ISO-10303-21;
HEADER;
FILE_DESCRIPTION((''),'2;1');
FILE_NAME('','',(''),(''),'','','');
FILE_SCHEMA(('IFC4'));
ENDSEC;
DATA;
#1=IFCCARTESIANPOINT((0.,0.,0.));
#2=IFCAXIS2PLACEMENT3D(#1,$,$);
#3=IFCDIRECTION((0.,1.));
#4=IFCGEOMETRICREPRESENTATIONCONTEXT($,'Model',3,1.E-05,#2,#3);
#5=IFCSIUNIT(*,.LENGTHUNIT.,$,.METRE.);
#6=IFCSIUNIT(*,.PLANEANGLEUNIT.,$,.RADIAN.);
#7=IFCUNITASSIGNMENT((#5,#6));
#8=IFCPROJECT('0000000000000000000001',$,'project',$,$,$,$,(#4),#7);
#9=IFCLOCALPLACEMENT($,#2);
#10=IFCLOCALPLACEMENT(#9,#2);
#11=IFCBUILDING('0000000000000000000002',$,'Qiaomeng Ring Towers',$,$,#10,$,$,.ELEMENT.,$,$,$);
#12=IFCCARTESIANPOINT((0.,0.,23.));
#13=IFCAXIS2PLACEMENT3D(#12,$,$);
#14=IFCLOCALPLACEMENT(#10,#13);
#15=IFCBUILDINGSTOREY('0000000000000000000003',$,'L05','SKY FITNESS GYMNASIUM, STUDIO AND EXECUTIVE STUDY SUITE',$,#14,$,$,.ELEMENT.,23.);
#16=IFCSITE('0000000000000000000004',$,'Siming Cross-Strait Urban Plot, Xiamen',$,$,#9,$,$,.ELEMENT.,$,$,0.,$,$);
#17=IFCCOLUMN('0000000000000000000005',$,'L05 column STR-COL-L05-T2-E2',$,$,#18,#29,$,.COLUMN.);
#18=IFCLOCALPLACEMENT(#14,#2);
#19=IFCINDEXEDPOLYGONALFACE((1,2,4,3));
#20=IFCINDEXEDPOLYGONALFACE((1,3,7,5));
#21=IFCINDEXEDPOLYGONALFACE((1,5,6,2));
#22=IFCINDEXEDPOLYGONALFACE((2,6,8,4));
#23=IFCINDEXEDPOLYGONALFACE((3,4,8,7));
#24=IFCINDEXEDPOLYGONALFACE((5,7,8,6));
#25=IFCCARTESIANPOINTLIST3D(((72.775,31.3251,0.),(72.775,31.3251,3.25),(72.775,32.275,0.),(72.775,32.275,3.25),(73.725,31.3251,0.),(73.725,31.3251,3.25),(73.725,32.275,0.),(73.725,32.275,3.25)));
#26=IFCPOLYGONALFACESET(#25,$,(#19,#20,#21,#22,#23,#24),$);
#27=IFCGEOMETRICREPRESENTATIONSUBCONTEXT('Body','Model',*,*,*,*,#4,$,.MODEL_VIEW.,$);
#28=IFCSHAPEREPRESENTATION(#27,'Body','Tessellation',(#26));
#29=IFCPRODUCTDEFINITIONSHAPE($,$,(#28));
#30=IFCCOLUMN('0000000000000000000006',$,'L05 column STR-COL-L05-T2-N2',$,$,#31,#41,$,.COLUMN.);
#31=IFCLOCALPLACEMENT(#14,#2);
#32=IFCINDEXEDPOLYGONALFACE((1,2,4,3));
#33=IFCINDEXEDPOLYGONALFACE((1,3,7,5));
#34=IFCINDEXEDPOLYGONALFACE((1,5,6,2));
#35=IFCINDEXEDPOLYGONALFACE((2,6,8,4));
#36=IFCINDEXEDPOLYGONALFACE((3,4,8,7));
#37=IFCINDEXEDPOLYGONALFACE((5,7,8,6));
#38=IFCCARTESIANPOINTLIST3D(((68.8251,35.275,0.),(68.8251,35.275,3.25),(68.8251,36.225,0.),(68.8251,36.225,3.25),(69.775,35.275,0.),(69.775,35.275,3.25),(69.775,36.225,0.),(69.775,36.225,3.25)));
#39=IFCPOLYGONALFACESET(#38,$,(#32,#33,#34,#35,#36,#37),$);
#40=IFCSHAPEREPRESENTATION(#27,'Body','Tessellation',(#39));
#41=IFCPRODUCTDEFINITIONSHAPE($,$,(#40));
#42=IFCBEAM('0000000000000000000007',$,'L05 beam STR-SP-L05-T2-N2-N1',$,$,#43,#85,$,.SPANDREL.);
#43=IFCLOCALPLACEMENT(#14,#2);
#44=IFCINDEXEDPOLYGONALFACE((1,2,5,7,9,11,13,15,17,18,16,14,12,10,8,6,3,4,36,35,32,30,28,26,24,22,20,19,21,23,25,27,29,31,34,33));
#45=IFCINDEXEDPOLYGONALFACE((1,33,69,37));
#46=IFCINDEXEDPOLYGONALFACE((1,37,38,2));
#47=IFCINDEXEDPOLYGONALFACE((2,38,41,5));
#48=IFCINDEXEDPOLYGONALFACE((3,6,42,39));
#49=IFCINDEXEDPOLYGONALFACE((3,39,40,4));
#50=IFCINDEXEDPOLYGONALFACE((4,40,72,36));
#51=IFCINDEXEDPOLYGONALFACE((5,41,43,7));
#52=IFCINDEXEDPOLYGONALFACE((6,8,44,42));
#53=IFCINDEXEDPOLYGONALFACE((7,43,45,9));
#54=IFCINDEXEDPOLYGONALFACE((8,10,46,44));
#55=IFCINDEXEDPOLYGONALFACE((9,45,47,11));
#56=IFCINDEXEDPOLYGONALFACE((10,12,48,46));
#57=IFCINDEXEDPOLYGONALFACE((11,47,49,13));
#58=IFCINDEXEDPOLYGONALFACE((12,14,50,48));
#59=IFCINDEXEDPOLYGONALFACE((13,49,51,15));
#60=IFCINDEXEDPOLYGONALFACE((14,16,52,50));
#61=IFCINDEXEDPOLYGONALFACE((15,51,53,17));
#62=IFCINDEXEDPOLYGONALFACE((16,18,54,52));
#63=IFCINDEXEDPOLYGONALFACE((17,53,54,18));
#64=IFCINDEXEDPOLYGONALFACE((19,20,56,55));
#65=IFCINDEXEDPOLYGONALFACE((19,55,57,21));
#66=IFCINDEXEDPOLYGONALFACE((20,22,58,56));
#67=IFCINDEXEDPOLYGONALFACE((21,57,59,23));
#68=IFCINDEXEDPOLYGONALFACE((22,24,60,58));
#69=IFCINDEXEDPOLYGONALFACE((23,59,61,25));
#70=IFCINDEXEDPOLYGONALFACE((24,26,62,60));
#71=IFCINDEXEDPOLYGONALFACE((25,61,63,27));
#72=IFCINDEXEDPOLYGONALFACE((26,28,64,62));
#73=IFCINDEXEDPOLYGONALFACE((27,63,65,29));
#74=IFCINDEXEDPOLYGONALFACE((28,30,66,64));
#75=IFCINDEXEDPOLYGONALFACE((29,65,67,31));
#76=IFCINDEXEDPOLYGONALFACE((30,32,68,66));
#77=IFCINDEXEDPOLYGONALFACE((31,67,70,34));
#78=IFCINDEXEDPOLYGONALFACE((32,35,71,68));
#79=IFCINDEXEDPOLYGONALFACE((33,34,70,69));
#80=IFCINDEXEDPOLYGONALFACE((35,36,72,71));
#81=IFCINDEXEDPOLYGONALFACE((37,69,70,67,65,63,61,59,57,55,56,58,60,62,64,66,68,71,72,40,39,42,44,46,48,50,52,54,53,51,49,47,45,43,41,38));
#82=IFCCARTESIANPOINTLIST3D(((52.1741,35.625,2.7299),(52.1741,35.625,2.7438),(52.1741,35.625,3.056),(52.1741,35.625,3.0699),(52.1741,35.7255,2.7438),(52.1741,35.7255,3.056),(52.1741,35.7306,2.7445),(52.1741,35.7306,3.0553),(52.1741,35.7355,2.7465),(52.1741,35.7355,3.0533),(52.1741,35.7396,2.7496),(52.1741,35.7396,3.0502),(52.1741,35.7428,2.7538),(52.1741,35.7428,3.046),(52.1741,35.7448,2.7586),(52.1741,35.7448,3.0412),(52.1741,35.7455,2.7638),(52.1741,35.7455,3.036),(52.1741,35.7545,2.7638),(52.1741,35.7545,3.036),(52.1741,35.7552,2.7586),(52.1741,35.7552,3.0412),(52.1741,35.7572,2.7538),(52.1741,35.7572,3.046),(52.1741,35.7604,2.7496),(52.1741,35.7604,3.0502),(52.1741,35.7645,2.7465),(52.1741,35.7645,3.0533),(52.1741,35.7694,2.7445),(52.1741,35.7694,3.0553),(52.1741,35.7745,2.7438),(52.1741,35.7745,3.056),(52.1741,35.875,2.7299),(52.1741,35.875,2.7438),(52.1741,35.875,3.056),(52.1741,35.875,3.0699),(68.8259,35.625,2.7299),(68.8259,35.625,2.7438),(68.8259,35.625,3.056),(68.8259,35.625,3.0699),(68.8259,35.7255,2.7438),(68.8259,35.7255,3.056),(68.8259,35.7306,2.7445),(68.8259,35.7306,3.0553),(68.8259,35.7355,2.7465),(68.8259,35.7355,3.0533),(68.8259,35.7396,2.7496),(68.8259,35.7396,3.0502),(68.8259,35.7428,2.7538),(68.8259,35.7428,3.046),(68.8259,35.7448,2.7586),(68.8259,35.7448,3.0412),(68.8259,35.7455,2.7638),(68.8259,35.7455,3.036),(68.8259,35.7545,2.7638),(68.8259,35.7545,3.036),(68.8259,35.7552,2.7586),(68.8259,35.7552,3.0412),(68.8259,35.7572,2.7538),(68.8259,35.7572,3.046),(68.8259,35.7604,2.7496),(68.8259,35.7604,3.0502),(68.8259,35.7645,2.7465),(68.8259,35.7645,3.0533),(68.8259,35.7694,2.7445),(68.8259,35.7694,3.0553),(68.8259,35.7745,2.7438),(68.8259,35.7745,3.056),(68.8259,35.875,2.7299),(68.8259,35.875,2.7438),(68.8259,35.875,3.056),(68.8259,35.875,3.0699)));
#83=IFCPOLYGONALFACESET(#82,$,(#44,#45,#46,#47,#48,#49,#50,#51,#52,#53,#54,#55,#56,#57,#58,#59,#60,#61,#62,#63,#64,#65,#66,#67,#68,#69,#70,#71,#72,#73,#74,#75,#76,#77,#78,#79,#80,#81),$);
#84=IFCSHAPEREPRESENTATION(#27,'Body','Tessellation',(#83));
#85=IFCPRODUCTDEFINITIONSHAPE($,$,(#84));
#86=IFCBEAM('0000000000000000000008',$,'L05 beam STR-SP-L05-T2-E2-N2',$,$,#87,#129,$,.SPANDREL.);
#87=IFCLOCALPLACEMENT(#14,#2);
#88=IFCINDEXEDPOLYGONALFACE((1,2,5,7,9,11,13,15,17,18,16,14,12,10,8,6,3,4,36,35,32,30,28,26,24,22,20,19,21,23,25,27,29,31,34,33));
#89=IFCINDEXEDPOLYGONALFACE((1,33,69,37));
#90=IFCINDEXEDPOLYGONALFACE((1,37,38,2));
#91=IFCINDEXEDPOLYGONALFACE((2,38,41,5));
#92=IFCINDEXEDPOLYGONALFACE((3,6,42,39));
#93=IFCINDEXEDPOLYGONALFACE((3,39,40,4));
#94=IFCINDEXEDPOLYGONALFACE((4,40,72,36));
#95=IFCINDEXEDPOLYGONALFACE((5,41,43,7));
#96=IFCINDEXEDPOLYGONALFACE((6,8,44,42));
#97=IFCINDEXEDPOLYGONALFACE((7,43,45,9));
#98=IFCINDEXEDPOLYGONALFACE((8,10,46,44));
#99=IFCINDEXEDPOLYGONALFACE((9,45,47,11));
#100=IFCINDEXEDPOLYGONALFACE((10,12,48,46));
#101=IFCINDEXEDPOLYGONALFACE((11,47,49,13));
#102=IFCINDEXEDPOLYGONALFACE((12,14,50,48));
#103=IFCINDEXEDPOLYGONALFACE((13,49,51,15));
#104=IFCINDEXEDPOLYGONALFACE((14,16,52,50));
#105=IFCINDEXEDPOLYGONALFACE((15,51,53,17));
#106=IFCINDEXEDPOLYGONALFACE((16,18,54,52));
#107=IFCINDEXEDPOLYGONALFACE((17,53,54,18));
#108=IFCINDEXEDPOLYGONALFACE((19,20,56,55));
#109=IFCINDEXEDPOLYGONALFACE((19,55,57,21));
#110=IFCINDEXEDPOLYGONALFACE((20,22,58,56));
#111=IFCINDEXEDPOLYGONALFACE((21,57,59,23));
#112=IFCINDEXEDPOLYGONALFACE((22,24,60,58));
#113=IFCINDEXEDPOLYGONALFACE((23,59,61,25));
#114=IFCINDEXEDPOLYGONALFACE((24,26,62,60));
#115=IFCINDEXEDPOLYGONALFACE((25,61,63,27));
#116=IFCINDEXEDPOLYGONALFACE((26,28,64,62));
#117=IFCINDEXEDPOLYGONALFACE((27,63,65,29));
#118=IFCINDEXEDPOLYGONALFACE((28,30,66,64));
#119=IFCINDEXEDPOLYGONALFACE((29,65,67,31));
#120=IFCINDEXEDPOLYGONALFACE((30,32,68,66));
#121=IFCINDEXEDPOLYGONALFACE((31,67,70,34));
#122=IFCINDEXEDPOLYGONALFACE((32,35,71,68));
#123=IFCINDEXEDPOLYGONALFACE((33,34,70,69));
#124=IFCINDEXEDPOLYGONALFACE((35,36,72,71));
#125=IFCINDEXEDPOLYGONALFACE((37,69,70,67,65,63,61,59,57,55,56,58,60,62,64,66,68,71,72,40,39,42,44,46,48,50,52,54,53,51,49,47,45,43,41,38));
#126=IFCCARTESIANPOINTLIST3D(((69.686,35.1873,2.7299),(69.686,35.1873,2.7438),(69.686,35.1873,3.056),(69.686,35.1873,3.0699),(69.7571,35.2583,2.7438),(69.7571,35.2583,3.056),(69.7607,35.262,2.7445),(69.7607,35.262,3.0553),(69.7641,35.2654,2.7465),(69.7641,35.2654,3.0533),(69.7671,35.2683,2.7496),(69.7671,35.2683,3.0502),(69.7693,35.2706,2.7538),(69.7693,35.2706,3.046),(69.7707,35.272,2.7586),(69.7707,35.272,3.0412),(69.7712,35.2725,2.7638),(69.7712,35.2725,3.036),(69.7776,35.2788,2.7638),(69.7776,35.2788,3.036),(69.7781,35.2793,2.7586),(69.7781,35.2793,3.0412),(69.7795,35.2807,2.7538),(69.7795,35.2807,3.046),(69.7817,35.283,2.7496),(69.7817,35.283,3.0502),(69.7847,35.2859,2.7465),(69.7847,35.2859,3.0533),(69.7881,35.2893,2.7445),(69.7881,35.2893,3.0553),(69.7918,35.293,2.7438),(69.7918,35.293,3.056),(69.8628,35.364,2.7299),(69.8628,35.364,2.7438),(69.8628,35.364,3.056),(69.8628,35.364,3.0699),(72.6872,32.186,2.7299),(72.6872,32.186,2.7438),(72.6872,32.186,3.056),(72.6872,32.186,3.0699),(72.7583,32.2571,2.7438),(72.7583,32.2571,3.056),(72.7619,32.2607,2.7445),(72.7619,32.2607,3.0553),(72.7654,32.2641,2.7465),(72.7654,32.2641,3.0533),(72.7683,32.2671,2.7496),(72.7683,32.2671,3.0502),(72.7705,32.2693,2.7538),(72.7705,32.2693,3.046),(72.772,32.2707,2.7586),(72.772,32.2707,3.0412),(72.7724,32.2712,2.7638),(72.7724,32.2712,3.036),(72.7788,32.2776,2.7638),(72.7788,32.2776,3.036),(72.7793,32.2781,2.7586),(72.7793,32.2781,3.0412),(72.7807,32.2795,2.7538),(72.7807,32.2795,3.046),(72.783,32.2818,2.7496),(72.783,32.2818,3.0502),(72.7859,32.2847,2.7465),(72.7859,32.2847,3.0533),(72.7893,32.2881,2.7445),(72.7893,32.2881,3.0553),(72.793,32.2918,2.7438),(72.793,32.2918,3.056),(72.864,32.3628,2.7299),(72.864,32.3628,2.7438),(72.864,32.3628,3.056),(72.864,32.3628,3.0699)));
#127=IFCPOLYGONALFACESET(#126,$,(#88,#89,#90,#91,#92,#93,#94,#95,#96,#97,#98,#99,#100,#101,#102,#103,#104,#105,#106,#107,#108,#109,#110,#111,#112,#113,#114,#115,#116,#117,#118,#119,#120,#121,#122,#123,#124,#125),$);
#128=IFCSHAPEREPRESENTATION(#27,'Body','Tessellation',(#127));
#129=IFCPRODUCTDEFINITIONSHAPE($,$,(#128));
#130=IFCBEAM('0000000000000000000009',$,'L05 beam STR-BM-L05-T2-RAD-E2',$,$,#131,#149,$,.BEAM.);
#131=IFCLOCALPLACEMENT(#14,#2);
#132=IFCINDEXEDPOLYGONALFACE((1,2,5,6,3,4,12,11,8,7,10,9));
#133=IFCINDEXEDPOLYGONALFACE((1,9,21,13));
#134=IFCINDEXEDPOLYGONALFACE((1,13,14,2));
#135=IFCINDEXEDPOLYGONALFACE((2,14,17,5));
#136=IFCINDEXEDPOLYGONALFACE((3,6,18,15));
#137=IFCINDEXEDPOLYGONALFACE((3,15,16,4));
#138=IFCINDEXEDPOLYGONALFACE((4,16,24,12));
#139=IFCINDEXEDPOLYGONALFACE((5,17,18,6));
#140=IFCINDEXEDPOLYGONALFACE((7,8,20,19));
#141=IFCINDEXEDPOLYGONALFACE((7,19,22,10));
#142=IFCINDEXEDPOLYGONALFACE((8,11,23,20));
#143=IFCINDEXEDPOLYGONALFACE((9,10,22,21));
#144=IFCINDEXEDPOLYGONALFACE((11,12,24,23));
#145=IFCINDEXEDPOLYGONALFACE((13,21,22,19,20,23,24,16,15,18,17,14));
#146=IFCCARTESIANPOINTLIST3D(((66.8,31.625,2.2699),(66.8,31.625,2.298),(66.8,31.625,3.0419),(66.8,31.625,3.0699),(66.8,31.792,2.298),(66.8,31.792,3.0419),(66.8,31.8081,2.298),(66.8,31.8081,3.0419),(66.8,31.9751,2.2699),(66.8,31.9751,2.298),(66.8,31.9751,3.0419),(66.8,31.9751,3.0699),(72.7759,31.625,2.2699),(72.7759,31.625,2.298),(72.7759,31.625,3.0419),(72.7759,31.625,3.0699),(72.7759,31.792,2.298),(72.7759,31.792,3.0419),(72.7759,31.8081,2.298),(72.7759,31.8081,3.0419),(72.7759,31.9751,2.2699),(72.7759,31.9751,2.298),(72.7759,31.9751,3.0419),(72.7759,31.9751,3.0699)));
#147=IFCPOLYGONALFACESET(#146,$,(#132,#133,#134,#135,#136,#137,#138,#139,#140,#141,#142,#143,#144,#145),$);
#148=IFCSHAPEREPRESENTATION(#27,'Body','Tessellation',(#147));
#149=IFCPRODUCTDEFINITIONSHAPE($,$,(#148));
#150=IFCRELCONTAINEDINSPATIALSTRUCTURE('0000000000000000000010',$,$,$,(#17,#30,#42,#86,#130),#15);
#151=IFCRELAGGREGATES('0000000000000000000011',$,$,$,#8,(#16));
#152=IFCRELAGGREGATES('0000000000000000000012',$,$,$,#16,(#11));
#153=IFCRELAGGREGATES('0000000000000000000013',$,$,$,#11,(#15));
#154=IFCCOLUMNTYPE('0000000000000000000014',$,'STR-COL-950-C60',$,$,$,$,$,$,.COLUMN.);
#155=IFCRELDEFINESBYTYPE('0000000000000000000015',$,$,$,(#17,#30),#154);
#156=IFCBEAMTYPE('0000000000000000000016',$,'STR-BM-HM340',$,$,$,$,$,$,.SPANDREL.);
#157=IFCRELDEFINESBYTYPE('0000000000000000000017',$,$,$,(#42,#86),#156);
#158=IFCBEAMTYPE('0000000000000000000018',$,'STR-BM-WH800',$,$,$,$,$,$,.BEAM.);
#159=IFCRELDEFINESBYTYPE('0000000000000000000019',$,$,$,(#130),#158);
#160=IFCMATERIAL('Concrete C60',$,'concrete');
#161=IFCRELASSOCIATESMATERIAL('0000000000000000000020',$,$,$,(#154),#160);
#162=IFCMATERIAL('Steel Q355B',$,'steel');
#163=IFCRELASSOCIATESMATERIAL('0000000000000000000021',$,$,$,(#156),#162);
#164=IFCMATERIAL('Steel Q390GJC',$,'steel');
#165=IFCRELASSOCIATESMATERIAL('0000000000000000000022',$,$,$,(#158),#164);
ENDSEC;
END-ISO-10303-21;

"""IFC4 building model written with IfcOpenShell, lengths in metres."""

from ifc_helpers import new_model, si_unit, direction, frame, origin, origin_2d, place, context, subcontext, project, spatial, rectangle, i_section, extrude, source, transform, mapped, material, material_profile, profile_set, type_object, element, save


model = new_model("IFC4")

# Units and contexts
model_context = context("Model", 3, precision=1e-05, world=origin(), true_north=direction((0.0, 1.0)))
body_context = subcontext(model_context, "Body", "Model", "MODEL_VIEW")
ifc_project = project(units=[si_unit("LENGTHUNIT", "METRE"), si_unit("PLANEANGLEUNIT", "RADIAN")], contexts=[model_context])

# Site, building, storey
site_placement = place(None, origin())
site = spatial("IfcSite", under=ifc_project, at=site_placement, Name="Siming Cross-Strait Urban Plot, Xiamen", CompositionType="ELEMENT", RefElevation=0.0)
building_placement = place(site_placement, origin())
building = spatial("IfcBuilding", under=site, at=building_placement, Name="Qiaomeng Ring Towers", CompositionType="ELEMENT")
storey_placement = place(building_placement, frame((0.0, 0.0, 23.0)))
storey = spatial("IfcBuildingStorey", under=building, at=storey_placement, Name="L05", Description="SKY FITNESS GYMNASIUM, STUDIO AND EXECUTIVE STUDY SUITE", CompositionType="ELEMENT", Elevation=23.0)

# Columns
ifc_material_1 = material(Name="Concrete C60", Category="concrete")
ifc_material_profile_1 = material_profile(ifc_material_1, rectangle(XDim=0.95, YDim=0.95, at=origin_2d()), Name="RC COL 950x950")
ifc_profile_set_1 = profile_set([ifc_material_profile_1], Name="Concrete C60")
column_type = type_object("IfcColumnType", Name="STR-COL-950-C60", PredefinedType="COLUMN", material=ifc_profile_set_1)
shared_shape_1 = source(origin(), body_context, "Body", "SweptSolid", [
    extrude(rectangle(XDim=0.95, YDim=0.95, at=origin_2d()), origin(), (0.0, 0.0, 1.0), 3.25),
])
for number, where, z_axis, x_axis, name in (
    (1, (73.25, 31.8, 0.0), (0.0, 0.0, 1.0), (1.0, 0.0, 0.0), "L05 column STR-COL-L05-T2-E2"),
    (2, (69.3, 35.75, 0.0), (0.0, 0.0, 1.0), (1.0, 0.0, 0.0), "L05 column STR-COL-L05-T2-N2"),
):
    element("IfcColumn", number, at=place(storey_placement, frame(where, z_axis=z_axis, x_axis=x_axis)), inside=storey, type_object=column_type, Name=name, PredefinedType="COLUMN", context=body_context, shape_type="MappedRepresentation", body=[
        mapped(shared_shape_1, transform((0.0, 0.0, 0.0), x_axis=(1.0, 0.0, 0.0), y_axis=(0.0, 1.0, 0.0), z_axis=(0.0, 0.0, 1.0), scale=1.0)),
    ])

# Beams
ifc_material_2 = material(Name="Steel Q355B", Category="steel")
ifc_material_profile_2 = material_profile(ifc_material_2, i_section(OverallWidth=0.25, OverallDepth=0.3401, WebThickness=0.009, FlangeThickness=0.0139, FilletRadius=0.02, at=origin_2d()), Name="HM 340x250x9x14")
ifc_profile_set_2 = profile_set([ifc_material_profile_2], Name="Steel Q355B")
beam_type_1 = type_object("IfcBeamType", Name="STR-BM-HM340", PredefinedType="SPANDREL", material=ifc_profile_set_2)
shared_shape_2 = source(origin(), body_context, "Body", "SweptSolid", [
    extrude(i_section(OverallWidth=0.25, OverallDepth=0.3401, WebThickness=0.009, FlangeThickness=0.0139, FilletRadius=0.02, at=origin_2d()), origin(), (0.0, 0.0, 1.0), 16.6519),
])
beam_1_placement = place(storey_placement, frame((68.8259, 35.75, 2.8999), z_axis=(-1.0, 0.0, 0.0), x_axis=(0.0, -1.0, 0.0)))
element("IfcBeam", 3, at=beam_1_placement, inside=storey, type_object=beam_type_1, Name="L05 beam STR-SP-L05-T2-N2-N1", PredefinedType="SPANDREL", context=body_context, shape_type="MappedRepresentation", body=[
    mapped(shared_shape_2, transform((0.0, 0.0, 0.0), x_axis=(1.0, 0.0, 0.0), y_axis=(0.0, 1.0, 0.0), z_axis=(0.0, 0.0, 1.0), scale=1.0)),
])
shared_shape_3 = source(origin(), body_context, "Body", "SweptSolid", [
    extrude(i_section(OverallWidth=0.25, OverallDepth=0.3401, WebThickness=0.009, FlangeThickness=0.0139, FilletRadius=0.02, at=origin_2d()), origin(), (0.0, 0.0, 1.0), 4.2444),
])
beam_2_placement = place(storey_placement, frame((72.7756, 32.2744, 2.8999), z_axis=(-0.707107, 0.707107, 0.0), x_axis=(-0.707107, -0.707107, 0.0)))
element("IfcBeam", 4, at=beam_2_placement, inside=storey, type_object=beam_type_1, Name="L05 beam STR-SP-L05-T2-E2-N2", PredefinedType="SPANDREL", context=body_context, shape_type="MappedRepresentation", body=[
    mapped(shared_shape_3, transform((0.0, 0.0, 0.0), x_axis=(1.0, 0.0, 0.0), y_axis=(0.0, 1.0, 0.0), z_axis=(0.0, 0.0, 1.0), scale=1.0)),
])
ifc_material_3 = material(Name="Steel Q390GJC", Category="steel")
ifc_material_profile_3 = material_profile(ifc_material_3, i_section(OverallWidth=0.3501, OverallDepth=0.8, WebThickness=0.0161, FlangeThickness=0.0281, at=origin_2d()), Name="WH 800x350x16x28")
ifc_profile_set_3 = profile_set([ifc_material_profile_3], Name="Steel Q390GJC")
beam_type_2 = type_object("IfcBeamType", Name="STR-BM-WH800", PredefinedType="BEAM", material=ifc_profile_set_3)
shared_shape_4 = source(origin(), body_context, "Body", "SweptSolid", [
    extrude(i_section(OverallWidth=0.3501, OverallDepth=0.8, WebThickness=0.0161, FlangeThickness=0.0281, at=origin_2d()), origin(), (0.0, 0.0, 1.0), 5.9758),
])
beam_3_placement = place(storey_placement, frame((66.8, 31.8, 2.6699), z_axis=(1.0, 0.0, 0.0), x_axis=(0.0, 1.0, 0.0)))
element("IfcBeam", 5, at=beam_3_placement, inside=storey, type_object=beam_type_2, Name="L05 beam STR-BM-L05-T2-RAD-E2", PredefinedType="BEAM", context=body_context, shape_type="MappedRepresentation", body=[
    mapped(shared_shape_4, transform((0.0, 0.0, 0.0), x_axis=(1.0, 0.0, 0.0), y_axis=(0.0, 1.0, 0.0), z_axis=(0.0, 0.0, 1.0), scale=1.0)),
])

save(model, "model.ifc")
